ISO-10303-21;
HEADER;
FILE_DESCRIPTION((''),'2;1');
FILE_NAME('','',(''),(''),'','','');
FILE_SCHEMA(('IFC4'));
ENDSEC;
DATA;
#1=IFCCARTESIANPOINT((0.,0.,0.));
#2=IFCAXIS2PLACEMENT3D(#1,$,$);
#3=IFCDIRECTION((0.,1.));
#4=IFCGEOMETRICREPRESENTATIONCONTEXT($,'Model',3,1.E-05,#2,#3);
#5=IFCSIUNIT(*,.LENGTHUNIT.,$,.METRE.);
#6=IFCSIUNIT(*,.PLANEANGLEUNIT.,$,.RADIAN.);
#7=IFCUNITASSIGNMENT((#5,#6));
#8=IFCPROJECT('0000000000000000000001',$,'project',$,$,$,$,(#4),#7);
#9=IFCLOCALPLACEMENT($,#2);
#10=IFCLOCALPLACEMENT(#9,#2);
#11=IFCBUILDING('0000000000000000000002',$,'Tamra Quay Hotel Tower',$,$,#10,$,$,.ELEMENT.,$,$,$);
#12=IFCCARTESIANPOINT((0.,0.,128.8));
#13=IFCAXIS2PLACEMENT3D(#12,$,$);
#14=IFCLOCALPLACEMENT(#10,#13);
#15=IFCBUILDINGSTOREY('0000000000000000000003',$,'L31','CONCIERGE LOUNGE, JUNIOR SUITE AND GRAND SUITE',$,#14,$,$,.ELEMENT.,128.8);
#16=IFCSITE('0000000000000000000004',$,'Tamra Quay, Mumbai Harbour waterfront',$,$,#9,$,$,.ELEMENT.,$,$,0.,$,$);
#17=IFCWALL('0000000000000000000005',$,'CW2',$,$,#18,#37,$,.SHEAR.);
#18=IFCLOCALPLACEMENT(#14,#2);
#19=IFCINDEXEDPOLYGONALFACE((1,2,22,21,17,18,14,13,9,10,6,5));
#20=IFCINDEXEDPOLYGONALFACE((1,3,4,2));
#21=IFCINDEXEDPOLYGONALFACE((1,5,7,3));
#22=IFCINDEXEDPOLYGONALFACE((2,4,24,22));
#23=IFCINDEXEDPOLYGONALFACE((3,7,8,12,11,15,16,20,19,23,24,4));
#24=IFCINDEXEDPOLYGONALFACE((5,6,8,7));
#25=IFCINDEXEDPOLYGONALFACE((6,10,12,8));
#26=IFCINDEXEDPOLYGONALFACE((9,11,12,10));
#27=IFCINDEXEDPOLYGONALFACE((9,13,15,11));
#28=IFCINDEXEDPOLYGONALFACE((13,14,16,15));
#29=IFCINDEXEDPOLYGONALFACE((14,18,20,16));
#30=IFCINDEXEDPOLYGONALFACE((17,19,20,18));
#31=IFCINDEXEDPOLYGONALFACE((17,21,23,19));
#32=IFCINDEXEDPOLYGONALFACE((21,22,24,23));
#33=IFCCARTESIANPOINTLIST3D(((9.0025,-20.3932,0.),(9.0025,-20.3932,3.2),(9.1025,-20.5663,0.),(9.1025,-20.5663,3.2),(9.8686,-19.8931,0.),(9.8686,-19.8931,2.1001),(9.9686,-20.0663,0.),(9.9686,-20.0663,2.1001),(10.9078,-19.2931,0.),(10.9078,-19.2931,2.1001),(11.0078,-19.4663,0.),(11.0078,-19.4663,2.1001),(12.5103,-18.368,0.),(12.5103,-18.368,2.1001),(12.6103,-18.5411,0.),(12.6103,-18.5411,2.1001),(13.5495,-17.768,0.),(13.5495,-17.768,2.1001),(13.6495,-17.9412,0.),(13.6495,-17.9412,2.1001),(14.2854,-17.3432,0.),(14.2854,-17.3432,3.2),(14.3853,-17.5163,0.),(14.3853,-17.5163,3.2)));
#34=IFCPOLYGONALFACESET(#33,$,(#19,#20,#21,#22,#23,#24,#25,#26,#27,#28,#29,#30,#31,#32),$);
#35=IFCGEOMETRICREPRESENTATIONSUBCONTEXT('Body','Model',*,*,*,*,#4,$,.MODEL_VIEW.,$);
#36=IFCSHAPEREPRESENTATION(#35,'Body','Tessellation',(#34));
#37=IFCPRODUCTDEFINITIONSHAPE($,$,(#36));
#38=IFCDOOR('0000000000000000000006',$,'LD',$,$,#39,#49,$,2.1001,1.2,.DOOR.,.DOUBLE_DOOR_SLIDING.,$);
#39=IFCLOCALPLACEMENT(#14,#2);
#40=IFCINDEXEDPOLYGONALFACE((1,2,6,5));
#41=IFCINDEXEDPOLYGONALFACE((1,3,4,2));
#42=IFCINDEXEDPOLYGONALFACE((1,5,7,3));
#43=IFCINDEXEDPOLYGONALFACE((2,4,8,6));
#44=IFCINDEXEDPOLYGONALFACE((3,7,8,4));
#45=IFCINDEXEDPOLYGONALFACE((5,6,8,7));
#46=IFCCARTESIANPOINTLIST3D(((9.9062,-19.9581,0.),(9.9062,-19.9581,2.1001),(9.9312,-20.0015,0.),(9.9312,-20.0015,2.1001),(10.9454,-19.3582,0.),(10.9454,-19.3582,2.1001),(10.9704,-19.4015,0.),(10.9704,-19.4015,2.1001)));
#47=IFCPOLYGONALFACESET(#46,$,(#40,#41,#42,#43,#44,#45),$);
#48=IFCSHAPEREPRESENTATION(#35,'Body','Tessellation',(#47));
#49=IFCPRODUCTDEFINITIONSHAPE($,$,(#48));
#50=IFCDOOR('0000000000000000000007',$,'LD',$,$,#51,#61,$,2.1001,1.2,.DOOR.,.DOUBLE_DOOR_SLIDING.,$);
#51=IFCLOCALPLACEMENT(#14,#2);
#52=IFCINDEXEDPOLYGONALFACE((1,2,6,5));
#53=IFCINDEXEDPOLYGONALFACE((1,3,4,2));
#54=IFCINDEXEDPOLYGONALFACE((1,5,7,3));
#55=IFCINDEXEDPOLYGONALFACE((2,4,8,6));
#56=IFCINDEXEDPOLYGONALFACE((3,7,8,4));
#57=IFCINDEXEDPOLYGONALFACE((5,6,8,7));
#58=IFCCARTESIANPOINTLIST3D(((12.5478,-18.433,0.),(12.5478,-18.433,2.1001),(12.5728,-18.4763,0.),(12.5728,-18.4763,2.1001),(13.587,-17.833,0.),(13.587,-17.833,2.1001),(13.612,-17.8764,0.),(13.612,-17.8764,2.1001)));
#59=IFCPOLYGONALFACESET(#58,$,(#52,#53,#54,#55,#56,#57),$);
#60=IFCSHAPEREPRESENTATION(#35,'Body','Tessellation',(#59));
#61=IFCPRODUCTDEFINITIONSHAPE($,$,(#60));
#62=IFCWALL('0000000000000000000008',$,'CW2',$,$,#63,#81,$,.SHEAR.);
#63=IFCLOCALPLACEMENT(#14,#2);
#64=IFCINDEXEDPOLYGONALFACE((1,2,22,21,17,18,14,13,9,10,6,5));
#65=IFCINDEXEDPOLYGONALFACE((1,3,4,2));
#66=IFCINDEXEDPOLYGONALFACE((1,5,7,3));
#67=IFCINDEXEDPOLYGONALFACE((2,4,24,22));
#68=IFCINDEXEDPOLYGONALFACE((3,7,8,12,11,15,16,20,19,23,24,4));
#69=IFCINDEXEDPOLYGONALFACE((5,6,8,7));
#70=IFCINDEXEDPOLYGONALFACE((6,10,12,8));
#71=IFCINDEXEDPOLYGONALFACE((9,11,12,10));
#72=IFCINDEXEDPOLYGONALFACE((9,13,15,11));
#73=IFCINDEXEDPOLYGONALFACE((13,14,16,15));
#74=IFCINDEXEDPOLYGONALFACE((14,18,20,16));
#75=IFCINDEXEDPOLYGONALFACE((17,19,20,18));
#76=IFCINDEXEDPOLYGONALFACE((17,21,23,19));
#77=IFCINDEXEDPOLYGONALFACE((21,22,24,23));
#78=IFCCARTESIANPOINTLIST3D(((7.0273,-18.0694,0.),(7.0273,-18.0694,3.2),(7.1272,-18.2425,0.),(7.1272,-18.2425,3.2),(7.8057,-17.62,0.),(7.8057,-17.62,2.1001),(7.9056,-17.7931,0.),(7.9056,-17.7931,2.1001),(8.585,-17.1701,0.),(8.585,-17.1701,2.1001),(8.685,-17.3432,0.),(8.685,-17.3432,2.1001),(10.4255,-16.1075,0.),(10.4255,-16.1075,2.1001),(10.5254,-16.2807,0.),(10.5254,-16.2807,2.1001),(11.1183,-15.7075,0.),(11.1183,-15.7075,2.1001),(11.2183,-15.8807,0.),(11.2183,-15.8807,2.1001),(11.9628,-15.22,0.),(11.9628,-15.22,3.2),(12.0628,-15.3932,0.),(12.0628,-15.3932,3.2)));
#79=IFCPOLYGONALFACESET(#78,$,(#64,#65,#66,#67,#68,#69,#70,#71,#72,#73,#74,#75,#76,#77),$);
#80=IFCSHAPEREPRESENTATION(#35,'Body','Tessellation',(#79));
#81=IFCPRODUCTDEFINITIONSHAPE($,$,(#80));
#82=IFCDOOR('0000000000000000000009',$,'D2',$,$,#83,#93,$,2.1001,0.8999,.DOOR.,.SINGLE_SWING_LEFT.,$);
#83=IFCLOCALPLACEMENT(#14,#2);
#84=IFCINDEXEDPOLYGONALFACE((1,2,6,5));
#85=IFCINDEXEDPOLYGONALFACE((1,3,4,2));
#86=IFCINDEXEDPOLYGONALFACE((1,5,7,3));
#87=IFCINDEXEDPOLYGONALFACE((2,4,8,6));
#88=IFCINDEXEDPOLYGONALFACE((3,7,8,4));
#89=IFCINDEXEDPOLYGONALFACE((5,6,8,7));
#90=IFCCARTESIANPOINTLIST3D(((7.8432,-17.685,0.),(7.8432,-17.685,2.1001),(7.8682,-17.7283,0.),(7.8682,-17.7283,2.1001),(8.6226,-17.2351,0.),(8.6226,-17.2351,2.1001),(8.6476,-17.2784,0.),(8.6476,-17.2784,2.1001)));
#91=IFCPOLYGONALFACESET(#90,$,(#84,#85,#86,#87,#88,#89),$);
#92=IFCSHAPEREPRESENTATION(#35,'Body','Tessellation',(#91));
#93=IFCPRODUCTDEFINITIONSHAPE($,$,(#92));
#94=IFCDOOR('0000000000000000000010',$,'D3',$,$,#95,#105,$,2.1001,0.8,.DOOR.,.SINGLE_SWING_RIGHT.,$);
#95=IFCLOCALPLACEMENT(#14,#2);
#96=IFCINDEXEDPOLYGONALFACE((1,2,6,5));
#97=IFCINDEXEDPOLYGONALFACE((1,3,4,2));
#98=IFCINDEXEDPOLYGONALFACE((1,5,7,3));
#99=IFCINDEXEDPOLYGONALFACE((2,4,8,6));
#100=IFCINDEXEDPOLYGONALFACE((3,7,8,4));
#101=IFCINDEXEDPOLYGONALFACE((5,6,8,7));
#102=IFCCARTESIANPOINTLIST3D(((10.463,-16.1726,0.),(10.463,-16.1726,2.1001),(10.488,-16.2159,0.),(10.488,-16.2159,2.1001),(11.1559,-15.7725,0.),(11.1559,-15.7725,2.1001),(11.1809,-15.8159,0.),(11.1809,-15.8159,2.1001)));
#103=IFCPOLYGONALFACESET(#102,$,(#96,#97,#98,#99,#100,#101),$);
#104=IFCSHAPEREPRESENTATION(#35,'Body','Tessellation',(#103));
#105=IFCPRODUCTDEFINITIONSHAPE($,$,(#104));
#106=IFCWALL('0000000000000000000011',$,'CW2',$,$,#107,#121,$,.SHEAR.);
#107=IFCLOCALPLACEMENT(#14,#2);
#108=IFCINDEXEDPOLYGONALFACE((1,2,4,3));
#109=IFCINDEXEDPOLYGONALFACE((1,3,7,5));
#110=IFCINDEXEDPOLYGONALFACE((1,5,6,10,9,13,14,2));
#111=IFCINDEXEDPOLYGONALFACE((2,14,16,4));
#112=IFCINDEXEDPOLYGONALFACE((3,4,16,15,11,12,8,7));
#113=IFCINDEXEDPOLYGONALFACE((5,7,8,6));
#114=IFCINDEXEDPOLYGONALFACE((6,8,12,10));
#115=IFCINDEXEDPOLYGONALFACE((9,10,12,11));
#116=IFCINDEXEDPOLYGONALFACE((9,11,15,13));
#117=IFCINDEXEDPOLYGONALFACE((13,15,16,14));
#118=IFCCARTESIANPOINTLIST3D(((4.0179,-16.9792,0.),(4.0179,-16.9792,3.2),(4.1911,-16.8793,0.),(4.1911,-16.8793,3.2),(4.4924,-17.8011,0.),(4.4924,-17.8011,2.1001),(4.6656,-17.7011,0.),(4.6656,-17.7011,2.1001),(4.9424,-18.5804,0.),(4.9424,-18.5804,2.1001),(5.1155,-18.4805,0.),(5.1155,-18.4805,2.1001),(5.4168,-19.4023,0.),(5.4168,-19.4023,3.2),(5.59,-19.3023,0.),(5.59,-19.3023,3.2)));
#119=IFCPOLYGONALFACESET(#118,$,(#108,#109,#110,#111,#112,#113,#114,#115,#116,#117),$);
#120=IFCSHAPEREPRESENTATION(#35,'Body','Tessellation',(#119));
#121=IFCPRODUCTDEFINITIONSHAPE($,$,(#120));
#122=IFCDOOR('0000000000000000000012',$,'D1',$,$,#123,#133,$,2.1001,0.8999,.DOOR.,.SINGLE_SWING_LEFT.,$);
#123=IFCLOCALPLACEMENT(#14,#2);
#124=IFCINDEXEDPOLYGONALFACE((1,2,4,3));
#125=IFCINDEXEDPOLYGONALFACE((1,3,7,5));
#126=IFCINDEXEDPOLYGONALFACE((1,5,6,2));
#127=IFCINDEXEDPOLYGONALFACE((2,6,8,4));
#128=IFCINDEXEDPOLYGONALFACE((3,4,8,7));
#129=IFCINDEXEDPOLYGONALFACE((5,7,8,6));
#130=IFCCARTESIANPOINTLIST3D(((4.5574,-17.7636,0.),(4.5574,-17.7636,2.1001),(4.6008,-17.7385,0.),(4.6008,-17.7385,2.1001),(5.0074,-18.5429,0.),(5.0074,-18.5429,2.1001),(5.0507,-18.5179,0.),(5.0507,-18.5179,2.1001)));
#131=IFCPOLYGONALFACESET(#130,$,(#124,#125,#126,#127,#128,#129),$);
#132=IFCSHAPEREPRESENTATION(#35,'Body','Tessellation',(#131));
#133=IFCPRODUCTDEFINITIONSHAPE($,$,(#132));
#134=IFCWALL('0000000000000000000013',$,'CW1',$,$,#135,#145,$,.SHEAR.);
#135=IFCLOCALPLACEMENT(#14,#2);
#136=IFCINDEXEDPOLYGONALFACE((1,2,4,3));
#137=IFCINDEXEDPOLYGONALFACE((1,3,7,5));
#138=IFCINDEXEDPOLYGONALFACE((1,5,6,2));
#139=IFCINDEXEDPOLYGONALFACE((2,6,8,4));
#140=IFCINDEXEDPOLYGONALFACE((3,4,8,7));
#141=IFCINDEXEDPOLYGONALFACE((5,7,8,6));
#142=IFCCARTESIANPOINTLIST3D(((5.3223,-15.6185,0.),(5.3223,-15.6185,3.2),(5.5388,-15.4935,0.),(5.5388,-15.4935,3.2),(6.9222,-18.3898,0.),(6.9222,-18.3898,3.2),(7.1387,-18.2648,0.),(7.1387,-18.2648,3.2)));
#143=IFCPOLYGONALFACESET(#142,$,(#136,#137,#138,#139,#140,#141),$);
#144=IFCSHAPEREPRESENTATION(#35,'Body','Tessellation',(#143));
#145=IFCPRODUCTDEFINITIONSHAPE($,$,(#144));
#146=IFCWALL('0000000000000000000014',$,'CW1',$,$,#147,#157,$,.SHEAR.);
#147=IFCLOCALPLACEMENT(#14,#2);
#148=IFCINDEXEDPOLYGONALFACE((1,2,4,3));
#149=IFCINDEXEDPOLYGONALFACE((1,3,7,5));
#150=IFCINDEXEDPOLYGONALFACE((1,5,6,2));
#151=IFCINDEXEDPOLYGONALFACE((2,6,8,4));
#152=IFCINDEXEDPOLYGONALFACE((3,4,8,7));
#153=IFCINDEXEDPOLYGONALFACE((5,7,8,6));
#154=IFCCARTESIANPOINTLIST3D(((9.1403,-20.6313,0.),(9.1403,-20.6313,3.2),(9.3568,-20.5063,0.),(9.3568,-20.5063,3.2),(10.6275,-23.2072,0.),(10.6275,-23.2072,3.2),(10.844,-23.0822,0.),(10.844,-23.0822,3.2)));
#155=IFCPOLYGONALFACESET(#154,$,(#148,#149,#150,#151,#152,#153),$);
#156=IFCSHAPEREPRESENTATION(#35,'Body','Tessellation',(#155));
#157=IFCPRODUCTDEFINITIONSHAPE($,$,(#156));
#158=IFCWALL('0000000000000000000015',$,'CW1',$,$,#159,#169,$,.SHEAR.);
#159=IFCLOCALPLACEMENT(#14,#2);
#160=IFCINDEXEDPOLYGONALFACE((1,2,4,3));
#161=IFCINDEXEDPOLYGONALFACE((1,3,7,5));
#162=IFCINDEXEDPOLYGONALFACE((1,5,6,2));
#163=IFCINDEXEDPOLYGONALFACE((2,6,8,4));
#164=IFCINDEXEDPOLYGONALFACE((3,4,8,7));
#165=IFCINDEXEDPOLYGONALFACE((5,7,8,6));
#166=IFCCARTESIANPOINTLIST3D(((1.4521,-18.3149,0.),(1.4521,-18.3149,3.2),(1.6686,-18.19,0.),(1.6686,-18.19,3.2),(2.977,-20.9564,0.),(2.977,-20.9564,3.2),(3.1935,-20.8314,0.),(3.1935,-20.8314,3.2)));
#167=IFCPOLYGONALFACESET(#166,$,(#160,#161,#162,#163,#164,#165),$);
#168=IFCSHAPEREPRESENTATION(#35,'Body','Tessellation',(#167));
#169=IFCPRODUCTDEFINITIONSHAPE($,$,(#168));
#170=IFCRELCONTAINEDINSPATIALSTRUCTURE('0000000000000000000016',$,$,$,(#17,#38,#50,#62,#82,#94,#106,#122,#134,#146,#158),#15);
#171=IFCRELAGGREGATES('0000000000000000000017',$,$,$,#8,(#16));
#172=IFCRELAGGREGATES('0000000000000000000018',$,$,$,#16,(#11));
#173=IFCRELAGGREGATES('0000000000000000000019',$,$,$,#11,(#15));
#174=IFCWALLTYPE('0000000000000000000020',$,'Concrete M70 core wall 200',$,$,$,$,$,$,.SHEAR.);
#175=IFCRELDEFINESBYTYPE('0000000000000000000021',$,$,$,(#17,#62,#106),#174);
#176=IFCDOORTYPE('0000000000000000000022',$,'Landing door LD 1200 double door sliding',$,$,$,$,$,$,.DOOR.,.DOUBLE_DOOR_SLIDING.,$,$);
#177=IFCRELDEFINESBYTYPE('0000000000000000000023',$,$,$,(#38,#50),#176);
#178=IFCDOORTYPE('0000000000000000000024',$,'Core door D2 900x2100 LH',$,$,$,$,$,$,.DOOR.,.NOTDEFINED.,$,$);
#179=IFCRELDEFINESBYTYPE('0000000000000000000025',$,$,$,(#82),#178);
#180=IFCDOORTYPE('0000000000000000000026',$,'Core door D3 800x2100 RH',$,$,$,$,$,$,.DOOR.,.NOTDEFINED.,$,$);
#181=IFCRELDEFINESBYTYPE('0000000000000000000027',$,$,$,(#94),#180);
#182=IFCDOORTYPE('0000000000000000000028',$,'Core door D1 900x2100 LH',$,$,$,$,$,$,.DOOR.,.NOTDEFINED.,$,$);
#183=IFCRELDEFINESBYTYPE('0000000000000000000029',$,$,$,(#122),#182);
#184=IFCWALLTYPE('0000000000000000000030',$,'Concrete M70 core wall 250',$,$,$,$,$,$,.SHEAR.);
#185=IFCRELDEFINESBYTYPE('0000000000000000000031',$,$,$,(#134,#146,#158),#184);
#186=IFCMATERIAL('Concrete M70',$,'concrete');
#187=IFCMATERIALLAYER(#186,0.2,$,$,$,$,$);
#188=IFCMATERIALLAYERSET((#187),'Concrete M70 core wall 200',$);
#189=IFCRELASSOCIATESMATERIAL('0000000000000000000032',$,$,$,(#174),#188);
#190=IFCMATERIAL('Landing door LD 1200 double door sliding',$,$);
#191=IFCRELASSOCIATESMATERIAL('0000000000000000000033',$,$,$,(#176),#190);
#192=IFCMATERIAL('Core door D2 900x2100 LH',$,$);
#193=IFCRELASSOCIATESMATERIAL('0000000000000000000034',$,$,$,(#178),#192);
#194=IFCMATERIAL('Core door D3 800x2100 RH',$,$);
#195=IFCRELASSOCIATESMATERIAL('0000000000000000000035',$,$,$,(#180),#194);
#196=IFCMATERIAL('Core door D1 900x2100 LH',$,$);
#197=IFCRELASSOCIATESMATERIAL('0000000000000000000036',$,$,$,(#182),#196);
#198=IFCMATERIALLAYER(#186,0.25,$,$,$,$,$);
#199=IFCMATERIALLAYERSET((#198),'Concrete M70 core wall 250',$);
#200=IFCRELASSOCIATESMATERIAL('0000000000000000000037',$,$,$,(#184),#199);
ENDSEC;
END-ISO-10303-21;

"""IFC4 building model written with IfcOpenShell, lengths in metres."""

from ifc_helpers import new_model, si_unit, direction, frame, frame_2d, origin, place, context, subcontext, project, spatial, rectangle, extrude, material, layer, layer_set, type_object, element, fill, save


model = new_model("IFC4")

# Units and contexts
model_context = context("Model", 3, precision=1e-05, world=origin(), true_north=direction((0.0, 1.0)))
body_context = subcontext(model_context, "Body", "Model", "MODEL_VIEW")
ifc_project = project(units=[si_unit("LENGTHUNIT", "METRE"), si_unit("PLANEANGLEUNIT", "RADIAN")], contexts=[model_context])

# Site, building, storey
site_placement = place(None, origin())
site = spatial("IfcSite", under=ifc_project, at=site_placement, Name="Tamra Quay, Mumbai Harbour waterfront", CompositionType="ELEMENT", RefElevation=0.0)
building_placement = place(site_placement, origin())
building = spatial("IfcBuilding", under=site, at=building_placement, Name="Tamra Quay Hotel Tower", CompositionType="ELEMENT")
storey_placement = place(building_placement, frame((0.0, 0.0, 128.8)))
storey = spatial("IfcBuildingStorey", under=building, at=storey_placement, Name="L31", Description="CONCIERGE LOUNGE, JUNIOR SUITE AND GRAND SUITE", CompositionType="ELEMENT", Elevation=128.8)

# Walls, openings, doors
ifc_material_1 = material(Name="Concrete M70", Category="concrete")
ifc_layer_1 = layer(ifc_material_1, 0.2)
ifc_layer_set_1 = layer_set([ifc_layer_1], Name="Concrete M70 core wall 200")
wall_type_1 = type_object("IfcWallType", Name="Concrete M70 core wall 200", PredefinedType="SHEAR", material=ifc_layer_set_1)
wall_1_placement = place(storey_placement, frame((9.0525, -20.4797, 0.0), z_axis=(0.0, 0.0, 1.0), x_axis=(0.86603, 0.499992, 0.0)))
wall_1 = element("IfcWall", 1, at=wall_1_placement, inside=storey, type_object=wall_type_1, Name="CW2", PredefinedType="SHEAR", context=body_context, shape_type="SweptSolid", body=[
    extrude(rectangle(XDim=6.1001, YDim=0.2, at=frame_2d((3.05, 0.0))), origin(), (0.0, 0.0, 1.0), 3.2),
])
opening_1_placement = place(wall_1_placement, frame((1.0, 0.0, 0.0)))
opening_1 = element("IfcOpeningElement", 2, at=opening_1_placement, cuts=wall_1, PredefinedType="OPENING", context=body_context, shape_type="SweptSolid", body=[
    extrude(rectangle(XDim=1.2, YDim=2.1001, at=frame_2d((0.6001, 1.05))), frame((0.0, 0.1099, 0.0), z_axis=(0.0, -1.0, 0.0), x_axis=(1.0, 0.0, 0.0)), (0.0, 0.0, 1.0), 0.22),
])
opening_2_placement = place(wall_1_placement, frame((4.0503, 0.0, 0.0)))
opening_2 = element("IfcOpeningElement", 3, at=opening_2_placement, cuts=wall_1, PredefinedType="OPENING", context=body_context, shape_type="SweptSolid", body=[
    extrude(rectangle(XDim=1.2, YDim=2.1001, at=frame_2d((0.6001, 1.05))), frame((0.0, 0.1099, 0.0), z_axis=(0.0, -1.0, 0.0), x_axis=(1.0, 0.0, 0.0)), (0.0, 0.0, 1.0), 0.22),
])
ifc_material_2 = material(Name="Landing door LD 1200 double door sliding")
door_type_1 = type_object("IfcDoorType", Name="Landing door LD 1200 double door sliding", OperationType="DOUBLE_DOOR_SLIDING", PredefinedType="DOOR", material=ifc_material_2)
door_1_placement = place(opening_1_placement, origin())
door_1 = element("IfcDoor", 4, at=door_1_placement, inside=storey, type_object=door_type_1, Name="LD", OperationType="DOUBLE_DOOR_SLIDING", OverallHeight=2.1001, OverallWidth=1.2, PredefinedType="DOOR", context=body_context, shape_type="SweptSolid", body=[
    extrude(rectangle(XDim=1.2, YDim=2.1001, at=frame_2d((0.6001, 1.05))), frame((0.0, 0.0249, 0.0), z_axis=(0.0, -1.0, 0.0), x_axis=(1.0, 0.0, 0.0)), (0.0, 0.0, 1.0), 0.05),
])
fill(opening_1, door_1)
door_2_placement = place(opening_2_placement, origin())
door_2 = element("IfcDoor", 5, at=door_2_placement, inside=storey, type_object=door_type_1, Name="LD", OperationType="DOUBLE_DOOR_SLIDING", OverallHeight=2.1001, OverallWidth=1.2, PredefinedType="DOOR", context=body_context, shape_type="SweptSolid", body=[
    extrude(rectangle(XDim=1.2, YDim=2.1001, at=frame_2d((0.6001, 1.05))), frame((0.0, 0.0249, 0.0), z_axis=(0.0, -1.0, 0.0), x_axis=(1.0, 0.0, 0.0)), (0.0, 0.0, 1.0), 0.05),
])
fill(opening_2, door_2)
wall_2_placement = place(storey_placement, frame((7.0771, -18.156, 0.0), z_axis=(0.0, 0.0, 1.0), x_axis=(0.866039, 0.499977, 0.0)))
wall_2 = element("IfcWall", 6, at=wall_2_placement, inside=storey, type_object=wall_type_1, Name="CW2", PredefinedType="SHEAR", context=body_context, shape_type="SweptSolid", body=[
    extrude(rectangle(XDim=5.699, YDim=0.2, at=frame_2d((2.8496, 0.0))), origin(), (0.0, 0.0, 1.0), 3.2),
])
opening_3_placement = place(wall_2_placement, frame((0.8989, 0.0, 0.0)))
opening_3 = element("IfcOpeningElement", 7, at=opening_3_placement, cuts=wall_2, PredefinedType="OPENING", context=body_context, shape_type="SweptSolid", body=[
    extrude(rectangle(XDim=0.8999, YDim=2.1001, at=frame_2d((0.45, 1.05))), frame((0.0, 0.1099, 0.0), z_axis=(0.0, -1.0, 0.0), x_axis=(1.0, 0.0, 0.0)), (0.0, 0.0, 1.0), 0.22),
])
opening_4_placement = place(wall_2_placement, frame((3.9241, 0.0, 0.0)))
opening_4 = element("IfcOpeningElement", 8, at=opening_4_placement, cuts=wall_2, PredefinedType="OPENING", context=body_context, shape_type="SweptSolid", body=[
    extrude(rectangle(XDim=0.8, YDim=2.1001, at=frame_2d((0.3999, 1.05))), frame((0.0, 0.1099, 0.0), z_axis=(0.0, -1.0, 0.0), x_axis=(1.0, 0.0, 0.0)), (0.0, 0.0, 1.0), 0.22),
])
ifc_material_3 = material(Name="Core door D2 900x2100 LH")
door_type_2 = type_object("IfcDoorType", Name="Core door D2 900x2100 LH", OperationType="NOTDEFINED", PredefinedType="DOOR", material=ifc_material_3)
door_3_placement = place(opening_3_placement, origin())
door_3 = element("IfcDoor", 9, at=door_3_placement, inside=storey, type_object=door_type_2, Name="D2", OperationType="SINGLE_SWING_LEFT", OverallHeight=2.1001, OverallWidth=0.8999, PredefinedType="DOOR", context=body_context, shape_type="SweptSolid", body=[
    extrude(rectangle(XDim=0.8999, YDim=2.1001, at=frame_2d((0.45, 1.05))), frame((0.0, 0.0249, 0.0), z_axis=(0.0, -1.0, 0.0), x_axis=(1.0, 0.0, 0.0)), (0.0, 0.0, 1.0), 0.05),
])
fill(opening_3, door_3)
ifc_material_4 = material(Name="Core door D3 800x2100 RH")
door_type_3 = type_object("IfcDoorType", Name="Core door D3 800x2100 RH", OperationType="NOTDEFINED", PredefinedType="DOOR", material=ifc_material_4)
door_4_placement = place(opening_4_placement, origin())
door_4 = element("IfcDoor", 10, at=door_4_placement, inside=storey, type_object=door_type_3, Name="D3", OperationType="SINGLE_SWING_RIGHT", OverallHeight=2.1001, OverallWidth=0.8, PredefinedType="DOOR", context=body_context, shape_type="SweptSolid", body=[
    extrude(rectangle(XDim=0.8, YDim=2.1001, at=frame_2d((0.3999, 1.05))), frame((0.0, 0.0249, 0.0), z_axis=(0.0, -1.0, 0.0), x_axis=(1.0, 0.0, 0.0)), (0.0, 0.0, 1.0), 0.05),
])
fill(opening_4, door_4)

# Wall, opening, door
wall_3_placement = place(storey_placement, frame((5.5034, -19.3523, 0.0), z_axis=(0.0, 0.0, 1.0), x_axis=(-0.499987, 0.866033, 0.0)))
wall_3 = element("IfcWall", 11, at=wall_3_placement, inside=storey, type_object=wall_type_1, Name="CW2", PredefinedType="SHEAR", context=body_context, shape_type="SweptSolid", body=[
    extrude(rectangle(XDim=2.7979, YDim=0.2, at=frame_2d((1.3989, 0.0))), origin(), (0.0, 0.0, 1.0), 3.2),
])
opening_5_placement = place(wall_3_placement, frame((0.949, 0.0, 0.0)))
opening_5 = element("IfcOpeningElement", 12, at=opening_5_placement, cuts=wall_3, PredefinedType="OPENING", context=body_context, shape_type="SweptSolid", body=[
    extrude(rectangle(XDim=0.8999, YDim=2.1001, at=frame_2d((0.45, 1.05))), frame((0.0, 0.1099, 0.0), z_axis=(0.0, -1.0, 0.0), x_axis=(1.0, 0.0, 0.0)), (0.0, 0.0, 1.0), 0.22),
])
ifc_material_5 = material(Name="Core door D1 900x2100 LH")
door_type_4 = type_object("IfcDoorType", Name="Core door D1 900x2100 LH", OperationType="NOTDEFINED", PredefinedType="DOOR", material=ifc_material_5)
door_5_placement = place(opening_5_placement, origin())
door_5 = element("IfcDoor", 13, at=door_5_placement, inside=storey, type_object=door_type_4, Name="D1", OperationType="SINGLE_SWING_LEFT", OverallHeight=2.1001, OverallWidth=0.8999, PredefinedType="DOOR", context=body_context, shape_type="SweptSolid", body=[
    extrude(rectangle(XDim=0.8999, YDim=2.1001, at=frame_2d((0.45, 1.05))), frame((0.0, 0.0249, 0.0), z_axis=(0.0, -1.0, 0.0), x_axis=(1.0, 0.0, 0.0)), (0.0, 0.0, 1.0), 0.05),
])
fill(opening_5, door_5)

# Walls
ifc_layer_2 = layer(ifc_material_1, 0.25)
ifc_layer_set_2 = layer_set([ifc_layer_2], Name="Concrete M70 core wall 250")
wall_type_2 = type_object("IfcWallType", Name="Concrete M70 core wall 250", PredefinedType="SHEAR", material=ifc_layer_set_2)
wall_4_placement = place(storey_placement, frame((7.0305, -18.3274, 0.0), z_axis=(0.0, 0.0, 1.0), x_axis=(-0.499971, 0.866042, 0.0)))
element("IfcWall", 14, at=wall_4_placement, inside=storey, type_object=wall_type_2, Name="CW1", PredefinedType="SHEAR", context=body_context, shape_type="SweptSolid", body=[
    extrude(rectangle(XDim=3.2, YDim=0.25, at=frame_2d((1.6001, 0.0))), origin(), (0.0, 0.0, 1.0), 3.2),
])
wall_5_placement = place(storey_placement, frame((10.7358, -23.1448, 0.0), z_axis=(0.0, 0.0, 1.0), x_axis=(-0.500023, 0.866012, 0.0)))
element("IfcWall", 15, at=wall_5_placement, inside=storey, type_object=wall_type_2, Name="CW1", PredefinedType="SHEAR", context=body_context, shape_type="SweptSolid", body=[
    extrude(rectangle(XDim=2.9744, YDim=0.25, at=frame_2d((1.4873, 0.0))), origin(), (0.0, 0.0, 1.0), 3.2),
])
wall_6_placement = place(storey_placement, frame((3.0852, -20.8938, 0.0), z_axis=(0.0, 0.0, 1.0), x_axis=(-0.499979, 0.866038, 0.0)))
element("IfcWall", 16, at=wall_6_placement, inside=storey, type_object=wall_type_2, Name="CW1", PredefinedType="SHEAR", context=body_context, shape_type="SweptSolid", body=[
    extrude(rectangle(XDim=3.05, YDim=0.25, at=frame_2d((1.5249, 0.0))), origin(), (0.0, 0.0, 1.0), 3.2),
])

save(model, "model.ifc")
